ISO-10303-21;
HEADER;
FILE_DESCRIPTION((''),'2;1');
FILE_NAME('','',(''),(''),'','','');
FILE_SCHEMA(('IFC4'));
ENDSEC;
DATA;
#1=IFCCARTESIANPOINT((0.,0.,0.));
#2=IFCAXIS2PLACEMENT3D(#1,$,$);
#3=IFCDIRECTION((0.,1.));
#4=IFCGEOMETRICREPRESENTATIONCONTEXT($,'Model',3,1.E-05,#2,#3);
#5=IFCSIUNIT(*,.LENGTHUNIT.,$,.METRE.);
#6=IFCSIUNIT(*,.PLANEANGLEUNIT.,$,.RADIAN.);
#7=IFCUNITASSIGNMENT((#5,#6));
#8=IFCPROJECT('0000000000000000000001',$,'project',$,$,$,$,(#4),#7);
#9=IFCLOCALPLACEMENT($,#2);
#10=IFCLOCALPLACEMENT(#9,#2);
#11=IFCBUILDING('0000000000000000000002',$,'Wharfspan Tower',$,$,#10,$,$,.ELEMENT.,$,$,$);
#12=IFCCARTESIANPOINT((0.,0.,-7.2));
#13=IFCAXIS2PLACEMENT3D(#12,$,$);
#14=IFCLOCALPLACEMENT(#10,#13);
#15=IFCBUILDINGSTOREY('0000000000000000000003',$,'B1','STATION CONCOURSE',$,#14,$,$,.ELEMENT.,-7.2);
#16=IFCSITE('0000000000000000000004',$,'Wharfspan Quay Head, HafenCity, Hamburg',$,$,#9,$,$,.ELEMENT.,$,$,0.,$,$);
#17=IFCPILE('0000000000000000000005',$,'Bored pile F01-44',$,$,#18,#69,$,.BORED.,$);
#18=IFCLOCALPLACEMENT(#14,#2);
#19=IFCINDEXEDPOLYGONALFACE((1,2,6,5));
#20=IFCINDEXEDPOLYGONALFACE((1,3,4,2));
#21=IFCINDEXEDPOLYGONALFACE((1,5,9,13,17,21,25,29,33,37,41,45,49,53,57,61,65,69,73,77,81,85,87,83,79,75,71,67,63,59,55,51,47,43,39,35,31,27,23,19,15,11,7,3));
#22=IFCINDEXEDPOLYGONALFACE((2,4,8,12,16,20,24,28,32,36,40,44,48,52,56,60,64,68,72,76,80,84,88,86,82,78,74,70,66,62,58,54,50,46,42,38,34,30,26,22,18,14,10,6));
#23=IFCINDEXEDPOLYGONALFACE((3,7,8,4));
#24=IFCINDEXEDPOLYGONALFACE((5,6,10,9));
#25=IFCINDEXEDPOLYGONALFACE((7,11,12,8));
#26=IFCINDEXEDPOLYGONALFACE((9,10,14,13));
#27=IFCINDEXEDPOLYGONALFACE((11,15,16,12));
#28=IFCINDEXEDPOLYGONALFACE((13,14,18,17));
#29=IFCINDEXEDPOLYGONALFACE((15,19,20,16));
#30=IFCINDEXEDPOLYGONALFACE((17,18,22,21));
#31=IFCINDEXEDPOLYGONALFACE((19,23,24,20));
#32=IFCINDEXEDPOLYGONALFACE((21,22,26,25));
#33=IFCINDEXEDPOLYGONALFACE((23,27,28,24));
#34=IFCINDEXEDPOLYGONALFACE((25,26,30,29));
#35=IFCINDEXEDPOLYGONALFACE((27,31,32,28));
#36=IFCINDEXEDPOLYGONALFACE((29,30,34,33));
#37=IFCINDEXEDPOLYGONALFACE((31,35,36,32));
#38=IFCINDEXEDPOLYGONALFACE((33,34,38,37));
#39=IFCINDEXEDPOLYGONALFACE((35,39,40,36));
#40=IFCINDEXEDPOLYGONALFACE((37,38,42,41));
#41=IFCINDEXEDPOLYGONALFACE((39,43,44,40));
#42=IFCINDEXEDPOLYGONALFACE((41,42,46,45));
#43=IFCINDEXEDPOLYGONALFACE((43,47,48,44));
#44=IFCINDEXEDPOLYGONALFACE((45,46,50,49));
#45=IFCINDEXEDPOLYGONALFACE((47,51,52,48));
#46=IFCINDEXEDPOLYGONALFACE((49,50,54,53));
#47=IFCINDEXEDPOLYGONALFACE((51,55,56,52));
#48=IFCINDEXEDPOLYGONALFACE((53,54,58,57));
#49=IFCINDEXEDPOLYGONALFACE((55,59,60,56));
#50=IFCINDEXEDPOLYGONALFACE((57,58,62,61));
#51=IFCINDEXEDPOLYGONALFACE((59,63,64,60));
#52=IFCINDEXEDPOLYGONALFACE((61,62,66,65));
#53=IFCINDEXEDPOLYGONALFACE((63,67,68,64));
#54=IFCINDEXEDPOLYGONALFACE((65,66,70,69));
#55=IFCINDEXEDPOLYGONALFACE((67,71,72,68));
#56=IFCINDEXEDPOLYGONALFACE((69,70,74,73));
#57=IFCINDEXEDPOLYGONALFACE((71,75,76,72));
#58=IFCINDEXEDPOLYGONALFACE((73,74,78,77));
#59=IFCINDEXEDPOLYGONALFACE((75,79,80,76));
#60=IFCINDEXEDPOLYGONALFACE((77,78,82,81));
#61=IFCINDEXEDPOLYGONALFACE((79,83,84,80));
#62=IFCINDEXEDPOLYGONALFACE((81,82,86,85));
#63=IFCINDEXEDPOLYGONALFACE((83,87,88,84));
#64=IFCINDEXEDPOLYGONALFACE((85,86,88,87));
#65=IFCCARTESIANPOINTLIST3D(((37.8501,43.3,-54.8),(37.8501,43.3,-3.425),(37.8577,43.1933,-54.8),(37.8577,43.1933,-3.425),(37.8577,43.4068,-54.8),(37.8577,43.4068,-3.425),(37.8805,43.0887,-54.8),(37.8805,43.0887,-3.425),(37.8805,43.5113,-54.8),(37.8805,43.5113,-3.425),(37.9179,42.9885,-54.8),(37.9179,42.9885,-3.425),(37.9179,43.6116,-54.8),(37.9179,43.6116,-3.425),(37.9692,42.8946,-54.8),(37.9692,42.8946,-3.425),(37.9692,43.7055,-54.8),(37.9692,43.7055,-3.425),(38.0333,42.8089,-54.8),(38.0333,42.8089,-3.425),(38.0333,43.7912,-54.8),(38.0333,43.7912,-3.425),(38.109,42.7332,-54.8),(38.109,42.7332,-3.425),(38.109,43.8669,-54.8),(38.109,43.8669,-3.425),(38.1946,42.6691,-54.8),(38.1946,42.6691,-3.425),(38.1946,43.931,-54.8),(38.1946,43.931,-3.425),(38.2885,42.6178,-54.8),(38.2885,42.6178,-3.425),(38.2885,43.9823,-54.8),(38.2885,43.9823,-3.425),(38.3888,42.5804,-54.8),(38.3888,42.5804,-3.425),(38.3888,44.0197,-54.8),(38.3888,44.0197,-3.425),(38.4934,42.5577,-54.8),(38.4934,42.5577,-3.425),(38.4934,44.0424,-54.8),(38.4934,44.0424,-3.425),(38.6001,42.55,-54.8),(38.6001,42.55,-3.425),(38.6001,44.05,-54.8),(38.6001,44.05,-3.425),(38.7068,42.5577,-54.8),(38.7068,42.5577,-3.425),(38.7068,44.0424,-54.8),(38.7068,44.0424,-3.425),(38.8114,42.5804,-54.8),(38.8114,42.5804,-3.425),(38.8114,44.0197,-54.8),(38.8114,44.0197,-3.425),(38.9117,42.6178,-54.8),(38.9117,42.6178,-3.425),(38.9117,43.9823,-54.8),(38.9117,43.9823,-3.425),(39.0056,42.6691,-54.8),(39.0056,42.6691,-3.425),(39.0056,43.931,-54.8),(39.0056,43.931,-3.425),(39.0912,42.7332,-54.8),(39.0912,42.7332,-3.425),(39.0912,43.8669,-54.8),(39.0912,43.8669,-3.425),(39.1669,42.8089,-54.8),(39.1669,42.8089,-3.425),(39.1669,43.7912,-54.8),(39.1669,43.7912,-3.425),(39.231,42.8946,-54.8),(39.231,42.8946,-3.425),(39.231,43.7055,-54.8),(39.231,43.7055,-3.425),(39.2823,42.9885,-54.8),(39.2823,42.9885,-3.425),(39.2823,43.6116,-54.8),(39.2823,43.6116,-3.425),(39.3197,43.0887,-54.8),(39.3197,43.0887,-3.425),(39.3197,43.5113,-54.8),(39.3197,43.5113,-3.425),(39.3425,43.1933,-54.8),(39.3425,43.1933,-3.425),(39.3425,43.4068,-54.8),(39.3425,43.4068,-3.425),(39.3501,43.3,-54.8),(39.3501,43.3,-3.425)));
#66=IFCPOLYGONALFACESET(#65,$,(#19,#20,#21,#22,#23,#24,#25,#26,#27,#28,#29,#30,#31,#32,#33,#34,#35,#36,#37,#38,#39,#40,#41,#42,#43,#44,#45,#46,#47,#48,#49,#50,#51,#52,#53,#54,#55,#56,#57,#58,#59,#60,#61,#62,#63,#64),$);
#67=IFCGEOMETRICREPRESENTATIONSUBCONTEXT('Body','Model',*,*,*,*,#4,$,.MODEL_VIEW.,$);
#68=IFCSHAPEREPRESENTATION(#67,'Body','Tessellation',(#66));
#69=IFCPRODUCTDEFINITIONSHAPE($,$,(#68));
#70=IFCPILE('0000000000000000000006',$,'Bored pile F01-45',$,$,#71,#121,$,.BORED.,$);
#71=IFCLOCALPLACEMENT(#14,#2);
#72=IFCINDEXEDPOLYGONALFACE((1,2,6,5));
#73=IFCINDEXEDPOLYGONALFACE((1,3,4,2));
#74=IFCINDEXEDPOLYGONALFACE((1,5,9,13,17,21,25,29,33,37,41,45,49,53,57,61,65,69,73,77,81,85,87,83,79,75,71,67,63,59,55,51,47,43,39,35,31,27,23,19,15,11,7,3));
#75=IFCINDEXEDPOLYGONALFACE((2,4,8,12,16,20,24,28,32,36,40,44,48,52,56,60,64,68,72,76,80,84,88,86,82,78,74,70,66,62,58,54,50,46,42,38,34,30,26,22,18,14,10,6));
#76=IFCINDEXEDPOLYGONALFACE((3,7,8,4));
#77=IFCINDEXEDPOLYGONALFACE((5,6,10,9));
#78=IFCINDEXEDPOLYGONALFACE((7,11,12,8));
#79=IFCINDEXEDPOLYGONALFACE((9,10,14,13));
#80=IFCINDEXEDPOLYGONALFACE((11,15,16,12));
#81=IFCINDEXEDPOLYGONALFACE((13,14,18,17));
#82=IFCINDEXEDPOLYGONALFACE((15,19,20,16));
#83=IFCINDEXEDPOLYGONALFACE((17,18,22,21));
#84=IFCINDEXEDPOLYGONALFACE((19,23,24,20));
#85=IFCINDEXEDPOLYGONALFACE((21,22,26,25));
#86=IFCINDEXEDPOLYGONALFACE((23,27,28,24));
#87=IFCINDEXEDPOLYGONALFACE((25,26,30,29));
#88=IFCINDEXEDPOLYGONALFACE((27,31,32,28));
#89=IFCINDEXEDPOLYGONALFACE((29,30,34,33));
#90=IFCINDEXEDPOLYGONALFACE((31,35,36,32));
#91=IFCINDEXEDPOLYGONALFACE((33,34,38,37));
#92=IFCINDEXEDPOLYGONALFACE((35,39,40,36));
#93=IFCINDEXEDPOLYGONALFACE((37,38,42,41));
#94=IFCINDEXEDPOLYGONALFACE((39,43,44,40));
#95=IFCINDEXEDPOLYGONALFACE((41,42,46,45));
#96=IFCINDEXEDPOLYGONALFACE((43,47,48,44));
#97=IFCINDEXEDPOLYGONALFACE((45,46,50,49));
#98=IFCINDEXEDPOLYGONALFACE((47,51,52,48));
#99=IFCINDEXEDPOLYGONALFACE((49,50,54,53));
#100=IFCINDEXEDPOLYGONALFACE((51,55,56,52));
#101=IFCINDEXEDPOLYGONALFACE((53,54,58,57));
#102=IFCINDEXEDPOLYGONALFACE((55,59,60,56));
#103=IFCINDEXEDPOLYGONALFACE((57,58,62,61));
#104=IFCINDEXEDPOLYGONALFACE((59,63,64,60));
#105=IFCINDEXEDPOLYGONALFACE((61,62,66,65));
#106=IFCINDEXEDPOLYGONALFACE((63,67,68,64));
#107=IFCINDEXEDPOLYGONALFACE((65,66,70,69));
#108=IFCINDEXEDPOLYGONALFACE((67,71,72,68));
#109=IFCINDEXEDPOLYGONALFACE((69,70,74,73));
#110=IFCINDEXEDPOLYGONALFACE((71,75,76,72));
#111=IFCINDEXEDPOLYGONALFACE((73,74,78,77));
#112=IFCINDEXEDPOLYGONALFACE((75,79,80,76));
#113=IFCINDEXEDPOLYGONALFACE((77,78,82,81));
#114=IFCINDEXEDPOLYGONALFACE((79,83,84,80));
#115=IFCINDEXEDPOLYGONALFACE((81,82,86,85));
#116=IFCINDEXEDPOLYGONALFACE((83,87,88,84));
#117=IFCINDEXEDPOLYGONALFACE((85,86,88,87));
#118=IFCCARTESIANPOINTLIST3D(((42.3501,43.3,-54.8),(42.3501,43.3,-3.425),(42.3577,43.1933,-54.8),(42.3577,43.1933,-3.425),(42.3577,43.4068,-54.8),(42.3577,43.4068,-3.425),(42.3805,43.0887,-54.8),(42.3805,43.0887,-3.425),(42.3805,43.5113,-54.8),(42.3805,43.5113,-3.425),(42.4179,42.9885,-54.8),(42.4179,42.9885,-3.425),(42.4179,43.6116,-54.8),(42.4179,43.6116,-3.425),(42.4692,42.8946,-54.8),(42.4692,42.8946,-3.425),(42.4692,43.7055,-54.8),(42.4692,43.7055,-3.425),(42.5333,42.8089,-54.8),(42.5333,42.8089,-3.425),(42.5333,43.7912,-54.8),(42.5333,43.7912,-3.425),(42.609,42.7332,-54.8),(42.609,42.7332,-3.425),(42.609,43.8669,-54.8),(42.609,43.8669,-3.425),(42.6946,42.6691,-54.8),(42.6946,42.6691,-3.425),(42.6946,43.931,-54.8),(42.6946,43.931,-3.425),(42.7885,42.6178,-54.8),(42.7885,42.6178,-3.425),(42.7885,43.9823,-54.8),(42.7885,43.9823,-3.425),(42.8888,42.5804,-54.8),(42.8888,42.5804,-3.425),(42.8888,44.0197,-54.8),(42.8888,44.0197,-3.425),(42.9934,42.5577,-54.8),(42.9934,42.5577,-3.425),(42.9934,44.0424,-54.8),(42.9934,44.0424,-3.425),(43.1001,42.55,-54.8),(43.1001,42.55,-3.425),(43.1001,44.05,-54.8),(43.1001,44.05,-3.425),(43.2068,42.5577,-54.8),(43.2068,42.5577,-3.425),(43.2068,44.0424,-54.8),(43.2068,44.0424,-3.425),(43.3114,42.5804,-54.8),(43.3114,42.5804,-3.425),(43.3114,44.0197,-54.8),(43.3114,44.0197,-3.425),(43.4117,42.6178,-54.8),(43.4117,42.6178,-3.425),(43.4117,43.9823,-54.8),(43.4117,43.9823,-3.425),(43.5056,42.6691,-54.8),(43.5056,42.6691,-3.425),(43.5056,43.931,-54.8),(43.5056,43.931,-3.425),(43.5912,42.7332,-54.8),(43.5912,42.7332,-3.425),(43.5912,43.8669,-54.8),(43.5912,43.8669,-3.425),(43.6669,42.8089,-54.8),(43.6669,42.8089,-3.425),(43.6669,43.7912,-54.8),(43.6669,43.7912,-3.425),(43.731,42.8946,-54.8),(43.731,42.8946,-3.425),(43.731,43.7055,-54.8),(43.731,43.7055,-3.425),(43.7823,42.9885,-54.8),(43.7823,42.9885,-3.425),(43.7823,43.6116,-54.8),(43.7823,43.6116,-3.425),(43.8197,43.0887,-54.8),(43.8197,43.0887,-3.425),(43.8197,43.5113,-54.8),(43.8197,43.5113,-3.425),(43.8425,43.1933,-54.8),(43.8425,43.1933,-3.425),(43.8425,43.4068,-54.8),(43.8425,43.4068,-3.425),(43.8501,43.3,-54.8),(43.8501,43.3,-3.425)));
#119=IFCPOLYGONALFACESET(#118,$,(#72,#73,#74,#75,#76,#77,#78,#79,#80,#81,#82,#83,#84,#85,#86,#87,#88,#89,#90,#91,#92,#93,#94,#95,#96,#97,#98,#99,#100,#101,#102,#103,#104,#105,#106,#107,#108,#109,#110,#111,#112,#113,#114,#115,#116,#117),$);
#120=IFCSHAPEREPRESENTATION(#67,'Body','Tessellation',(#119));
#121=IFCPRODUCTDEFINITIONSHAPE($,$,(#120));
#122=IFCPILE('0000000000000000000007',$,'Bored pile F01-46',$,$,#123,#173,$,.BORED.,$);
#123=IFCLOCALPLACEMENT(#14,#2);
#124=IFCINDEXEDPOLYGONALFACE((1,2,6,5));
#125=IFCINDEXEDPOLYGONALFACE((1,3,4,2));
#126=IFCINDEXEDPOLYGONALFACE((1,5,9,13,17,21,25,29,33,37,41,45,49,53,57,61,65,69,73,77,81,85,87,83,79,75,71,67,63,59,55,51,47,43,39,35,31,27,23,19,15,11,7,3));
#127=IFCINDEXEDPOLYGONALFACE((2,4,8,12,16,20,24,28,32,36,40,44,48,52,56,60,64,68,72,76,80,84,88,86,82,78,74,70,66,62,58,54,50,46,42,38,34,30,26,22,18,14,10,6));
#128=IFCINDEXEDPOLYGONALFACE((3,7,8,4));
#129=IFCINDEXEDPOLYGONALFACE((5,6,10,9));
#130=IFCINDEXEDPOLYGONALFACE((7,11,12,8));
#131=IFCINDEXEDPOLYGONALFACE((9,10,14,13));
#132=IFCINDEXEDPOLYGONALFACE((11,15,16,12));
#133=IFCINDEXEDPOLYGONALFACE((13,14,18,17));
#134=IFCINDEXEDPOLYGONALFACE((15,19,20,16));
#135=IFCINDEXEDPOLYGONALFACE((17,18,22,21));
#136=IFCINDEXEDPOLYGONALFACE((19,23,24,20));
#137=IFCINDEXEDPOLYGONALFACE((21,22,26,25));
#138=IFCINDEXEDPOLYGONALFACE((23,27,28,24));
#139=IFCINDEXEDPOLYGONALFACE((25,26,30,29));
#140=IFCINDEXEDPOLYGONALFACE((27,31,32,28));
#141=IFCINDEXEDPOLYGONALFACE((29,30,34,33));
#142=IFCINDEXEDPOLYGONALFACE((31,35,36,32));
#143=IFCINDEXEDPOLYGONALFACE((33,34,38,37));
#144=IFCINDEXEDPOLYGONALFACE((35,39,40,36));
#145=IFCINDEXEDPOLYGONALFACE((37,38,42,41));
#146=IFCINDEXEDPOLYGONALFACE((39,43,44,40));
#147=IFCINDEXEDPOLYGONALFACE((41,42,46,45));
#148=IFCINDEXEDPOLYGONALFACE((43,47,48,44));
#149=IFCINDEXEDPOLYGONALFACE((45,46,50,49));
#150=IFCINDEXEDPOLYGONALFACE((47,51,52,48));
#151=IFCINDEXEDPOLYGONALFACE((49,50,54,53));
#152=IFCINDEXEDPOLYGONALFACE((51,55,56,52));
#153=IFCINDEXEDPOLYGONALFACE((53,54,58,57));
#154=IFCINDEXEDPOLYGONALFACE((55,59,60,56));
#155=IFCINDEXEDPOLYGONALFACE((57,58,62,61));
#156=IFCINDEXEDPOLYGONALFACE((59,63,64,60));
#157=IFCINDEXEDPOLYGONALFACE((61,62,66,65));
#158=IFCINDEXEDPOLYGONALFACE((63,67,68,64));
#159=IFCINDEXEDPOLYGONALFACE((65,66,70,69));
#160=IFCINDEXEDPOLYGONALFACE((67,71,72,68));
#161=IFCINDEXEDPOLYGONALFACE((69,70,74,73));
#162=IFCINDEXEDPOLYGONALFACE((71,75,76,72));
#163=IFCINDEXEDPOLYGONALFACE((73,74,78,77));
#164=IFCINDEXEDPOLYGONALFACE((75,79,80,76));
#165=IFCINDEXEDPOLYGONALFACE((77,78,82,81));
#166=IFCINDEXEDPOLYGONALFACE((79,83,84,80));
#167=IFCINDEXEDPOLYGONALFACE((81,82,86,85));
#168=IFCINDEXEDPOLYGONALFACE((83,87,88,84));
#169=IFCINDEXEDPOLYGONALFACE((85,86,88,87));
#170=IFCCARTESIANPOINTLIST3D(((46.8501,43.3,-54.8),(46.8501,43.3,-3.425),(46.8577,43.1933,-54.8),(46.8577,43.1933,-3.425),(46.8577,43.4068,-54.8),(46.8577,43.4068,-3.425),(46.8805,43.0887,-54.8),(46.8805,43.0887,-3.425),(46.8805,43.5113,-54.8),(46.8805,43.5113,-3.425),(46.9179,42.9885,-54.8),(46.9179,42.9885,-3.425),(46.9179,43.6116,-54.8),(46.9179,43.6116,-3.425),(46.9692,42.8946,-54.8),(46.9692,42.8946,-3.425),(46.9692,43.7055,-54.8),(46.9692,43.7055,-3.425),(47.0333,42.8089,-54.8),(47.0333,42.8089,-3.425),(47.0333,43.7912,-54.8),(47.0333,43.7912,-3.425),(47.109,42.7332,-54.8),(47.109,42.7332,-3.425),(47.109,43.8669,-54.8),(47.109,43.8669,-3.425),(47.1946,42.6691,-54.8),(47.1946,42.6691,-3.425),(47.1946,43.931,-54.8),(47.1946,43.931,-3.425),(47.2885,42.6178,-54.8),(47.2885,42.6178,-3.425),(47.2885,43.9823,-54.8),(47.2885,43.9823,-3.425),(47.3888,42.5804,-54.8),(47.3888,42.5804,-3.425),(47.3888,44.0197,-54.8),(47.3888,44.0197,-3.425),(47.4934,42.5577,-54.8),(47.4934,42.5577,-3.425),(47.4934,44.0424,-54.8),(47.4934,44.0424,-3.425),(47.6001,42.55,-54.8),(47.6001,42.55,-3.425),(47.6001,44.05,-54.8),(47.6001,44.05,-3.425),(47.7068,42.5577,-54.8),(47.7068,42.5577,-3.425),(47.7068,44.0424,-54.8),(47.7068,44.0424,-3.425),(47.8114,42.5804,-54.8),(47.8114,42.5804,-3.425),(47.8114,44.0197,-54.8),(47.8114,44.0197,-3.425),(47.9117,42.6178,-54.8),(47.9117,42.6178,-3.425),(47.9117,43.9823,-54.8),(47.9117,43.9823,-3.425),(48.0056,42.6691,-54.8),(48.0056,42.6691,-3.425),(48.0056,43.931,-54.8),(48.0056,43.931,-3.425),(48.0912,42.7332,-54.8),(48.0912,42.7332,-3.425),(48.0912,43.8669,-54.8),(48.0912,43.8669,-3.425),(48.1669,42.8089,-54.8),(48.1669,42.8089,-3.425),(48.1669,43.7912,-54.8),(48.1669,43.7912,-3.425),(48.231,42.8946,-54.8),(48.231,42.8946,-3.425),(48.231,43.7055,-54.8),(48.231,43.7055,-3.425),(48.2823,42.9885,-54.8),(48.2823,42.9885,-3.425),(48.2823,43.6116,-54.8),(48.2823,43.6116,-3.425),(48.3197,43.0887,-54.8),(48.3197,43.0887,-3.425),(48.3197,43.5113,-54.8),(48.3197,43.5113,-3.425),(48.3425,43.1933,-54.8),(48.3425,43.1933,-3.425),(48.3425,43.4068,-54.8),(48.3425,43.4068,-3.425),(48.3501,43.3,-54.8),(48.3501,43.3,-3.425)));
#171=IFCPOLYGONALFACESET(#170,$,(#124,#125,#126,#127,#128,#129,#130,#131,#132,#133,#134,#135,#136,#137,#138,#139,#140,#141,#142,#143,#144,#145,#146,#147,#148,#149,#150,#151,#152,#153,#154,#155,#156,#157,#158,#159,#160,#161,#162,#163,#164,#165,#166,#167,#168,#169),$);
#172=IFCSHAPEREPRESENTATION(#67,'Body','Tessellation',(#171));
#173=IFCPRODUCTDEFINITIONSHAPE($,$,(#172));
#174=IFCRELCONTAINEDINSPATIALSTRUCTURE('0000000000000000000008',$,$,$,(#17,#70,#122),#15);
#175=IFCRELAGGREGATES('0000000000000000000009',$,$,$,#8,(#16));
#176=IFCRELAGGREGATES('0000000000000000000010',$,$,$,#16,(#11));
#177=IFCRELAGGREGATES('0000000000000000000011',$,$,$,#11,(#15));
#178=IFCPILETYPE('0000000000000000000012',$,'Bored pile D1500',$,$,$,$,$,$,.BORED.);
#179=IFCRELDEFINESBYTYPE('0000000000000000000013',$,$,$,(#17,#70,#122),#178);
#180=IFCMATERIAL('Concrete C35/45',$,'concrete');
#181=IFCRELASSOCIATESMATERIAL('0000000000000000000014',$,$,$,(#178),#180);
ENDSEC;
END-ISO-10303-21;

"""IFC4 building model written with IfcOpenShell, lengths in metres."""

from ifc_helpers import new_model, si_unit, direction, frame, origin, origin_2d, place, context, subcontext, project, spatial, circle, extrude, material, material_profile, profile_set, type_object, element, save


model = new_model("IFC4")

# Units and contexts
model_context = context("Model", 3, precision=1e-05, world=origin(), true_north=direction((0.0, 1.0)))
body_context = subcontext(model_context, "Body", "Model", "MODEL_VIEW")
ifc_project = project(units=[si_unit("LENGTHUNIT", "METRE"), si_unit("PLANEANGLEUNIT", "RADIAN")], contexts=[model_context])

# Site, building, storey
site_placement = place(None, origin())
site = spatial("IfcSite", under=ifc_project, at=site_placement, Name="Wharfspan Quay Head, HafenCity, Hamburg", CompositionType="ELEMENT", RefElevation=0.0)
building_placement = place(site_placement, origin())
building = spatial("IfcBuilding", under=site, at=building_placement, Name="Wharfspan Tower", CompositionType="ELEMENT")
storey_placement = place(building_placement, frame((0.0, 0.0, -7.2)))
storey = spatial("IfcBuildingStorey", under=building, at=storey_placement, Name="B1", Description="STATION CONCOURSE", CompositionType="ELEMENT", Elevation=-7.2)

# Piles
ifc_material_1 = material(Name="Concrete C35/45", Category="concrete")
ifc_material_profile_1 = material_profile(ifc_material_1, circle(Radius=0.75, at=origin_2d()))
ifc_profile_set_1 = profile_set([ifc_material_profile_1], Name="Concrete C35/45")
pile_type = type_object("IfcPileType", Name="Bored pile D1500", PredefinedType="BORED", material=ifc_profile_set_1)
for number, where, z_axis, x_axis, name in (
    (1, (38.6001, 43.3, -3.425), (0.0, 0.0, -1.0), (1.0, 0.0, 0.0), "Bored pile F01-44"),
    (2, (43.1001, 43.3, -3.425), (0.0, 0.0, -1.0), (1.0, 0.0, 0.0), "Bored pile F01-45"),
    (3, (47.6001, 43.3, -3.425), (0.0, 0.0, -1.0), (1.0, 0.0, 0.0), "Bored pile F01-46"),
):
    element("IfcPile", number, at=place(storey_placement, frame(where, z_axis=z_axis, x_axis=x_axis)), inside=storey, type_object=pile_type, Name=name, PredefinedType="BORED", context=body_context, shape_type="SweptSolid", body=[
        extrude(circle(Radius=0.75, at=origin_2d()), origin(), (0.0, 0.0, 1.0), 51.375),
    ])

save(model, "model.ifc")
